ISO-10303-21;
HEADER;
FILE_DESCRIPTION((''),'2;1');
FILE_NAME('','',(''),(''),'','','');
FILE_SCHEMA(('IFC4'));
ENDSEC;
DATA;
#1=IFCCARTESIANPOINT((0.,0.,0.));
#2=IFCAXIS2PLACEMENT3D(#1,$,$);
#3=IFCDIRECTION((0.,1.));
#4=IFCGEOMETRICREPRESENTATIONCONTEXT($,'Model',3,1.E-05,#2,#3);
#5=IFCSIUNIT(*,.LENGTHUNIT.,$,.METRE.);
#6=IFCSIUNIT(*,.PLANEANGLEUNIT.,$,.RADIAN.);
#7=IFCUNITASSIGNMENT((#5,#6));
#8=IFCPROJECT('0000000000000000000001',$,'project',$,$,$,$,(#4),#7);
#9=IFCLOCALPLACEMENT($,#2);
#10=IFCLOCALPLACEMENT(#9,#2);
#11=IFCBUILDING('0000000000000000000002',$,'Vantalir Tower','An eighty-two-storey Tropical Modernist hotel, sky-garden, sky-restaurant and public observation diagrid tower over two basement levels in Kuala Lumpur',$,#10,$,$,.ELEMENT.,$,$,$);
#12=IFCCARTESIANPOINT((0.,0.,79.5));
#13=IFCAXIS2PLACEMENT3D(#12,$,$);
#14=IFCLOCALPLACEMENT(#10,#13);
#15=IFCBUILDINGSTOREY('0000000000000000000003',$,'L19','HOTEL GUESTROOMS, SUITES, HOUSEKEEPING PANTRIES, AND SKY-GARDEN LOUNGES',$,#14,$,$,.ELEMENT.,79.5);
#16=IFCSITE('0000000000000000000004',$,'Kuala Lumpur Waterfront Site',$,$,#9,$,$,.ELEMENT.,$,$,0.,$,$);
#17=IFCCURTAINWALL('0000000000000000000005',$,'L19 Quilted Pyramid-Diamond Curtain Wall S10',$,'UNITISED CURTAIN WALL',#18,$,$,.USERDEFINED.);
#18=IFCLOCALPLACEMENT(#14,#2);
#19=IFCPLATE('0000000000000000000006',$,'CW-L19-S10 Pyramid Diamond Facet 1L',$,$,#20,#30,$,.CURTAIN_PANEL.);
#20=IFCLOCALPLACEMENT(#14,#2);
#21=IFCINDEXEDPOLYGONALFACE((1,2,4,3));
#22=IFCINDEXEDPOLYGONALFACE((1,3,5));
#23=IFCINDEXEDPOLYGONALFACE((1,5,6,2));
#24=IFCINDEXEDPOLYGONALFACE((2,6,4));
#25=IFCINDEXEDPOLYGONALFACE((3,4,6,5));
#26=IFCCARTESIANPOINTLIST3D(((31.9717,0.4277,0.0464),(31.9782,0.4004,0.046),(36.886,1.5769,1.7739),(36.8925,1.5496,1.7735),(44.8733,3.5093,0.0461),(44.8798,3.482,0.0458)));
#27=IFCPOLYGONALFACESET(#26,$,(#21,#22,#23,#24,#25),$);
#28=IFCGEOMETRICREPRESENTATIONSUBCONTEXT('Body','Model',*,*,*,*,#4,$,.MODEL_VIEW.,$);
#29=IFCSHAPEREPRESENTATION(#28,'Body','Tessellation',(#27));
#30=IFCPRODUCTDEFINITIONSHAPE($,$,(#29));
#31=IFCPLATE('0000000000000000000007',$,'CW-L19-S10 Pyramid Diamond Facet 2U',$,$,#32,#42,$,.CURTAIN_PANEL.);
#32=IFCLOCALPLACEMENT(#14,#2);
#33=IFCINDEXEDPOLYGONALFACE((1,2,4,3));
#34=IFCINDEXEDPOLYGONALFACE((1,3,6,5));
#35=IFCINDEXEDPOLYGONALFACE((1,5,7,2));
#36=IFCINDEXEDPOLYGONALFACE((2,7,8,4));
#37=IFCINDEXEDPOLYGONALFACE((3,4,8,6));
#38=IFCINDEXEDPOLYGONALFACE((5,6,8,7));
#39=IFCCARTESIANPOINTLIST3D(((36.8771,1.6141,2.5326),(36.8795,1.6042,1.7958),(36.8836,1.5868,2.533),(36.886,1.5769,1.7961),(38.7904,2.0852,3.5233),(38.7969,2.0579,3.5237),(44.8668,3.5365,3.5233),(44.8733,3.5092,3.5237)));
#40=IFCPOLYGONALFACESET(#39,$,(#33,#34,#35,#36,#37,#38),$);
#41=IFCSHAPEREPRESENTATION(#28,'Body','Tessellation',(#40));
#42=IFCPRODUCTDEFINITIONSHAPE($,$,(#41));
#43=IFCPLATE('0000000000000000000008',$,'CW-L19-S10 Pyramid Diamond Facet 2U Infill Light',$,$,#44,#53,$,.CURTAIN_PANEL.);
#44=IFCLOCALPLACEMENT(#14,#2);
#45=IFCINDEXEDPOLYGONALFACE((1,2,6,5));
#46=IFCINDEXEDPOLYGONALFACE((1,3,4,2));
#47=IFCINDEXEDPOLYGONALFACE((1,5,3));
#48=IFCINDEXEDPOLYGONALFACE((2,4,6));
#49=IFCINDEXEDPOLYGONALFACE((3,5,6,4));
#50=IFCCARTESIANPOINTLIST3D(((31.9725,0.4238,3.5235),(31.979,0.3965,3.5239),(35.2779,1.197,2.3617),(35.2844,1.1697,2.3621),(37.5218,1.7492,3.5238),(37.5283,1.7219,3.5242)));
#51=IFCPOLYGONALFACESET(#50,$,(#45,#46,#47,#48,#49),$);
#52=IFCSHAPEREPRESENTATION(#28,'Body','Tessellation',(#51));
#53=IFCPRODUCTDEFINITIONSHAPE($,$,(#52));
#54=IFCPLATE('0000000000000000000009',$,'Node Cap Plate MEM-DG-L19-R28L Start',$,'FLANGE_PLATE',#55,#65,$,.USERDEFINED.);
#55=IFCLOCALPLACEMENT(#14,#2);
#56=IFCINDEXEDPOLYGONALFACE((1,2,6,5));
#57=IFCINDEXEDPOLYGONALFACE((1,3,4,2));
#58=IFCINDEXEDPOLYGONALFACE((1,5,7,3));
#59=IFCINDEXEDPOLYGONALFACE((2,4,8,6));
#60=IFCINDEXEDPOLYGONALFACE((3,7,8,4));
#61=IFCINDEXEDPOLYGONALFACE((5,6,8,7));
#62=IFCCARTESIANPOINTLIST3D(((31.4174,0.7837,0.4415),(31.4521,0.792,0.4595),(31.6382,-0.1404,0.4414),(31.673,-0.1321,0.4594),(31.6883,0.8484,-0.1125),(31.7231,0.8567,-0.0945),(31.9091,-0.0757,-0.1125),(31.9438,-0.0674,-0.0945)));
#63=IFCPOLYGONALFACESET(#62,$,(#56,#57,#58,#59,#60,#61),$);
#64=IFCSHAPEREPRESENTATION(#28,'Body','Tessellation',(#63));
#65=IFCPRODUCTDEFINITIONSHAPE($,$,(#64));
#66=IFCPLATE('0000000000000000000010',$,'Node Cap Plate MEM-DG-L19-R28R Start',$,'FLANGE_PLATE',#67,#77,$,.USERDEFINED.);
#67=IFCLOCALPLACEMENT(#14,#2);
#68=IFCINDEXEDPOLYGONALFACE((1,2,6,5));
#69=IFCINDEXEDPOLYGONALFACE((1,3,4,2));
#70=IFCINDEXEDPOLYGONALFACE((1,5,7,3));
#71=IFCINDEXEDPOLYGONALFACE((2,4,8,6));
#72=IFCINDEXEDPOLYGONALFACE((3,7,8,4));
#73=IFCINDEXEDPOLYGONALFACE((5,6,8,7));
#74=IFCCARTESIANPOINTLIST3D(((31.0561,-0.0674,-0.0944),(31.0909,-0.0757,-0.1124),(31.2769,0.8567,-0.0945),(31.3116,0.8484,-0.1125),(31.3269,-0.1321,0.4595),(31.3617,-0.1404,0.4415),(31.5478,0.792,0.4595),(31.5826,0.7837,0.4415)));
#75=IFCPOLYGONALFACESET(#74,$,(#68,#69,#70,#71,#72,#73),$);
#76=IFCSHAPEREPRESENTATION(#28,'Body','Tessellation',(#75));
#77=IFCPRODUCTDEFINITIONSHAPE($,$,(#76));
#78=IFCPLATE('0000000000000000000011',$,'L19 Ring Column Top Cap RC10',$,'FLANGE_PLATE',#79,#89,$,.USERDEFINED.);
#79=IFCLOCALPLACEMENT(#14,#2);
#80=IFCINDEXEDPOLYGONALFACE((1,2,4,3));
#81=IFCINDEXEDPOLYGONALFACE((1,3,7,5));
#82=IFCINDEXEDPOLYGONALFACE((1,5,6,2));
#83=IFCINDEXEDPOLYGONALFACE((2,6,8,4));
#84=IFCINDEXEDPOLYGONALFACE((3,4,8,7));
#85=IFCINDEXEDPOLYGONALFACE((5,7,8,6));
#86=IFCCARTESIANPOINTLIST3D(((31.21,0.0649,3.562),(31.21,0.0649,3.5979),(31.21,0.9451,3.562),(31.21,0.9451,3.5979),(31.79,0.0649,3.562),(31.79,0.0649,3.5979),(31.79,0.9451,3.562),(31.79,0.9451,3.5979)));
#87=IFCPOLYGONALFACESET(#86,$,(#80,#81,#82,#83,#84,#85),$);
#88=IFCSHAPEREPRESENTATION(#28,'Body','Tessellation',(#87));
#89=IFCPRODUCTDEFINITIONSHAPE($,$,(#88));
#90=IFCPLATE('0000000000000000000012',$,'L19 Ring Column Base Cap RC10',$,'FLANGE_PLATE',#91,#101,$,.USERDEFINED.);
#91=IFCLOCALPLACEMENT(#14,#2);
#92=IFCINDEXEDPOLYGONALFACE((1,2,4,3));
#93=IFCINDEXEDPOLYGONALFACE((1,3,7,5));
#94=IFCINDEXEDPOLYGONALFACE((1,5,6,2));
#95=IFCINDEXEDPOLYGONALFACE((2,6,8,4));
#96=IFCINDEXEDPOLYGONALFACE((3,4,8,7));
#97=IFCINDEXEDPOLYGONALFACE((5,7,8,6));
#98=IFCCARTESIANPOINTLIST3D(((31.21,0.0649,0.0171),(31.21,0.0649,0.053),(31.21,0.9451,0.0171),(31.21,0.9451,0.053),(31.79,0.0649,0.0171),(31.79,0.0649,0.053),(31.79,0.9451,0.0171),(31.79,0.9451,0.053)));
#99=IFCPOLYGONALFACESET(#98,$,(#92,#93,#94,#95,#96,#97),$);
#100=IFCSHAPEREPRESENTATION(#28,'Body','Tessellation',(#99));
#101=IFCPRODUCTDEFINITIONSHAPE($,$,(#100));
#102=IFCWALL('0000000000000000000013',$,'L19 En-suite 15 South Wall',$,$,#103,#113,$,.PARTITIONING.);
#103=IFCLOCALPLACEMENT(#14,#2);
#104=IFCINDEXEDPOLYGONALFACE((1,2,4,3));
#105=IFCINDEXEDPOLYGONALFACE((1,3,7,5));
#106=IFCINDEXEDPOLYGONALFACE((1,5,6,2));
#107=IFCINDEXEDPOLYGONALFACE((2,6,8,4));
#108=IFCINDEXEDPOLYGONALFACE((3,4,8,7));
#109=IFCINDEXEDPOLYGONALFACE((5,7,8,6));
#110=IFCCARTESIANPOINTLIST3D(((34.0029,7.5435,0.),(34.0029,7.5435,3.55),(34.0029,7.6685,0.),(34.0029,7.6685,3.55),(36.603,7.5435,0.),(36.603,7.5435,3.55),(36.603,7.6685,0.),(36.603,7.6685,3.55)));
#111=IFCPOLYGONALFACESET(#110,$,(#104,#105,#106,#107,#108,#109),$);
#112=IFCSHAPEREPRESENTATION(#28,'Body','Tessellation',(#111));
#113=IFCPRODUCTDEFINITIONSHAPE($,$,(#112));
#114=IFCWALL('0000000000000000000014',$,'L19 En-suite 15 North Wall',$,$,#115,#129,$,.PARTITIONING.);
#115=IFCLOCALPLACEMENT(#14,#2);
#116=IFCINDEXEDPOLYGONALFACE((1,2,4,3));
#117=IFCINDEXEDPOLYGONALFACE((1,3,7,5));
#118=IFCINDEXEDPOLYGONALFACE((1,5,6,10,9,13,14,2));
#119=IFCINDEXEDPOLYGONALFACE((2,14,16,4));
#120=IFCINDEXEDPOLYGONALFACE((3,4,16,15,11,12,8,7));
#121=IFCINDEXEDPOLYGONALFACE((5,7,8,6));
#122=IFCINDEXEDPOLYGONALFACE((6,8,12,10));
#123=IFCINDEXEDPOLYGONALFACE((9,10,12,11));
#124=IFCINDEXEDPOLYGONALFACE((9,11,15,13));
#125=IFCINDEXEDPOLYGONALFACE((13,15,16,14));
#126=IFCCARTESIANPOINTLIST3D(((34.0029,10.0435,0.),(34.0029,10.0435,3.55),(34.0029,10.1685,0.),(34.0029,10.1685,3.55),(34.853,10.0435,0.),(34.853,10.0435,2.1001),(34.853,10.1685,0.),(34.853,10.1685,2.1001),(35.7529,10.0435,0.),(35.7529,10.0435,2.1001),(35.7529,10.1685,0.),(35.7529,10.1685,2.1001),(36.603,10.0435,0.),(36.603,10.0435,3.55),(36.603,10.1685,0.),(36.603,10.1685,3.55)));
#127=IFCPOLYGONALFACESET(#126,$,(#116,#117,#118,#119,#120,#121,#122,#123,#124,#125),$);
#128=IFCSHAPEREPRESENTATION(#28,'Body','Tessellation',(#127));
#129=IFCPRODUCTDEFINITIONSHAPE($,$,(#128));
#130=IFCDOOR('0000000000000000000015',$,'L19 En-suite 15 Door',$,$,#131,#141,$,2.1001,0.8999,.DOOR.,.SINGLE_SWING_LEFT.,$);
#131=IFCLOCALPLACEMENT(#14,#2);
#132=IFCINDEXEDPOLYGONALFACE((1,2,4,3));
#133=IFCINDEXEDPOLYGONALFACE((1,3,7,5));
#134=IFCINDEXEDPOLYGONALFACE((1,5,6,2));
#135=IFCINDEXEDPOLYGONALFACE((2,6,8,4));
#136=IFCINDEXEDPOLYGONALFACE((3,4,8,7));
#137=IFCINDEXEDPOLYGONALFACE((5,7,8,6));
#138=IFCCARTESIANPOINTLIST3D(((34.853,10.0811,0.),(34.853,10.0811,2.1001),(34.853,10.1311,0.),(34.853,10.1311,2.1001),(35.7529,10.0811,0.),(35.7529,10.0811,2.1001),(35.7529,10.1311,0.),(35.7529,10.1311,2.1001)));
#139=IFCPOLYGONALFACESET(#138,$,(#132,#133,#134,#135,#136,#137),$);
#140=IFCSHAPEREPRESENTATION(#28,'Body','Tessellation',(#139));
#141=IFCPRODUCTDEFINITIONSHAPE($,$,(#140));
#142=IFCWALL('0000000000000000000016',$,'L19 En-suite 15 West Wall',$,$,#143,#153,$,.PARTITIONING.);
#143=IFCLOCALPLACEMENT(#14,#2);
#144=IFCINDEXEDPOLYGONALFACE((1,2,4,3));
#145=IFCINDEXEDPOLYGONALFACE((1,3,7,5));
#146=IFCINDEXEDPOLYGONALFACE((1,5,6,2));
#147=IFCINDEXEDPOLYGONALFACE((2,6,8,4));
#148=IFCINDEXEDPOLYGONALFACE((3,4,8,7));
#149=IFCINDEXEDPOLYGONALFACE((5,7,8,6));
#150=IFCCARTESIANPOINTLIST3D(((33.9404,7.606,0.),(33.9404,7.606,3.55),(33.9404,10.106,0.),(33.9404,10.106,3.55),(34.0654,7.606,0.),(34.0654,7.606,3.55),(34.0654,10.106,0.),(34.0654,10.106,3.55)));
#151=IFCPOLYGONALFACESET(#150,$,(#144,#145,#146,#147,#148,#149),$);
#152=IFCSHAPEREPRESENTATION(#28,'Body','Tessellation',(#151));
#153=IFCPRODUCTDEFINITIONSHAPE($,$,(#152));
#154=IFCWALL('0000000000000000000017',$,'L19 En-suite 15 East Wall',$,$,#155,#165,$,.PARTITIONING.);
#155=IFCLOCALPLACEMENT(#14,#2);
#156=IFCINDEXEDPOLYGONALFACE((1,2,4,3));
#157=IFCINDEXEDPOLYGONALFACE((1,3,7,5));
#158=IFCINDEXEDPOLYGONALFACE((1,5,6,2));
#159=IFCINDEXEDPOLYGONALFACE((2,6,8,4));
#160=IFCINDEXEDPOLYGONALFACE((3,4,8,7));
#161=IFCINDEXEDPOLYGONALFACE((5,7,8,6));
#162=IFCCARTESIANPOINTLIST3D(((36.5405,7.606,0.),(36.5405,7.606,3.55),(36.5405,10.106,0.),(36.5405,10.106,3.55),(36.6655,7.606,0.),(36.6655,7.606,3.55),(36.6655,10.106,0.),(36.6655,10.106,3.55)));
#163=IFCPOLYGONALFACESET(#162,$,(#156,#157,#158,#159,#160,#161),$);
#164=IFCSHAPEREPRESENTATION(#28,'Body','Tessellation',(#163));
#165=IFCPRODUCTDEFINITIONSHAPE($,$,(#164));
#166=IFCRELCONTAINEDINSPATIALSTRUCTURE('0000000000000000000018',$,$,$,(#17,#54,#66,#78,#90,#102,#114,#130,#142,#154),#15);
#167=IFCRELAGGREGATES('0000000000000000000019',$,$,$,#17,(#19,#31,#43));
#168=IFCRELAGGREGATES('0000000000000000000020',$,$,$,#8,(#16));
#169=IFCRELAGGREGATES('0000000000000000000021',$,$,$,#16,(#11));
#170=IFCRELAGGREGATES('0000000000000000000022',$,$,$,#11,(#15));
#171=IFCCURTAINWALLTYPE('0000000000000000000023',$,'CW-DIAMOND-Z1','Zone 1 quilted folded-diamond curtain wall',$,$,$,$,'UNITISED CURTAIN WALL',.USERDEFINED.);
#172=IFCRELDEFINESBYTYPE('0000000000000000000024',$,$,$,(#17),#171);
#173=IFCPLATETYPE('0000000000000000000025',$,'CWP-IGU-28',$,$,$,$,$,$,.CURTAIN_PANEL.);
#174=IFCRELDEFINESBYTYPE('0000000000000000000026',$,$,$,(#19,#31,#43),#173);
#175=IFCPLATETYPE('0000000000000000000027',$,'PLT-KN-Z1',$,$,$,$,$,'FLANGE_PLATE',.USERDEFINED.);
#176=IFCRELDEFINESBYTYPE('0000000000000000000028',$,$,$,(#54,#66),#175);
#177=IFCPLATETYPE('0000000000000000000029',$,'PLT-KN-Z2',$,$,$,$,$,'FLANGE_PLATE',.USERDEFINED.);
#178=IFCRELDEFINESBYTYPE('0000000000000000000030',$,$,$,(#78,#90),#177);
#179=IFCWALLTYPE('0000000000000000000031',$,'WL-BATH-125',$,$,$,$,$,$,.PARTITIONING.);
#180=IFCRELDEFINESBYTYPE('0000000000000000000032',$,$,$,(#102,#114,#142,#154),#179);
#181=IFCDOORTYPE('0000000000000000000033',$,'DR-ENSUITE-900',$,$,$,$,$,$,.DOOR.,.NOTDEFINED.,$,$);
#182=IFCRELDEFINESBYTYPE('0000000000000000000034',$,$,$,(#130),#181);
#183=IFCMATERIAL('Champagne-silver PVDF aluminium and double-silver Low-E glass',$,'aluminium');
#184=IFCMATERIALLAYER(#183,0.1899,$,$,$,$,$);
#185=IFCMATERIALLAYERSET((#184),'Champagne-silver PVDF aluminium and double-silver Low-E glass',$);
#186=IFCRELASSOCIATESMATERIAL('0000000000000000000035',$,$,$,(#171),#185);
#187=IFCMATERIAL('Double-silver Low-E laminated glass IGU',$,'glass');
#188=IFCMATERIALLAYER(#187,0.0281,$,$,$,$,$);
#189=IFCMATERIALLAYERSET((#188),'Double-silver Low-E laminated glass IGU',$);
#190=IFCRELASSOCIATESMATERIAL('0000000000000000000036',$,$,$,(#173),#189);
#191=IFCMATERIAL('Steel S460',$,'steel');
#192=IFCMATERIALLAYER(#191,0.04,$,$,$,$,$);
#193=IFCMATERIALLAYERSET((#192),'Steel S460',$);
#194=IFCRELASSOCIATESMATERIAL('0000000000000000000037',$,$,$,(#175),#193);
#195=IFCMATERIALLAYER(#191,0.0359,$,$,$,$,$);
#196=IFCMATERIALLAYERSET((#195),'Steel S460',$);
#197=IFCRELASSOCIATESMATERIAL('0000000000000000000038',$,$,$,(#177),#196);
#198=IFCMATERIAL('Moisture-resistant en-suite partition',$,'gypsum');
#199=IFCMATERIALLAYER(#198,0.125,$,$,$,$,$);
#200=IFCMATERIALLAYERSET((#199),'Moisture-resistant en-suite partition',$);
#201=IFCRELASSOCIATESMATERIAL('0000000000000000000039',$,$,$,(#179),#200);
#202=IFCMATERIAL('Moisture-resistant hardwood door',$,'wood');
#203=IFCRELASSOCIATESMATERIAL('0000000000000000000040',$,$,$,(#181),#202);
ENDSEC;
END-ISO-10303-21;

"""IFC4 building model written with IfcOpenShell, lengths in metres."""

from ifc_helpers import new_model, si_unit, direction, frame, frame_2d, origin, place, context, subcontext, project, spatial, polyline, rectangle, outline, extrude, material, layer, layer_set, type_object, element, fill, aggregate, save


model = new_model("IFC4")

# Units and contexts
model_context = context("Model", 3, precision=1e-05, world=origin(), true_north=direction((0.0, 1.0)))
body_context = subcontext(model_context, "Body", "Model", "MODEL_VIEW")
ifc_project = project(units=[si_unit("LENGTHUNIT", "METRE"), si_unit("PLANEANGLEUNIT", "RADIAN")], contexts=[model_context])

# Site, building, storey
site_placement = place(None, origin())
site = spatial("IfcSite", under=ifc_project, at=site_placement, Name="Kuala Lumpur Waterfront Site", CompositionType="ELEMENT", RefElevation=0.0)
building_placement = place(site_placement, origin())
building = spatial("IfcBuilding", under=site, at=building_placement, Name="Vantalir Tower", Description="An eighty-two-storey Tropical Modernist hotel, sky-garden, sky-restaurant and public observation diagrid tower over two basement levels in Kuala Lumpur", CompositionType="ELEMENT")
storey_placement = place(building_placement, frame((0.0, 0.0, 79.5)))
storey = spatial("IfcBuildingStorey", under=building, at=storey_placement, Name="L19", Description="HOTEL GUESTROOMS, SUITES, HOUSEKEEPING PANTRIES, AND SKY-GARDEN LOUNGES", CompositionType="ELEMENT", Elevation=79.5)

# Shared definitions
ifc_material_1 = material(Name="Steel S460", Category="steel")

# Curtain wall
ifc_material_2 = material(Name="Champagne-silver PVDF aluminium and double-silver Low-E glass", Category="aluminium")
ifc_layer_1 = layer(ifc_material_2, 0.1899)
ifc_layer_set_1 = layer_set([ifc_layer_1], Name="Champagne-silver PVDF aluminium and double-silver Low-E glass")
curtain_wall_type = type_object("IfcCurtainWallType", Name="CW-DIAMOND-Z1", Description="Zone 1 quilted folded-diamond curtain wall", ElementType="UNITISED CURTAIN WALL", PredefinedType="USERDEFINED", material=ifc_layer_set_1)
curtain_wall_placement = place(storey_placement, origin())
curtain_wall = element("IfcCurtainWall", 1, at=curtain_wall_placement, inside=storey, type_object=curtain_wall_type, Name="L19 Quilted Pyramid-Diamond Curtain Wall S10", ObjectType="UNITISED CURTAIN WALL", PredefinedType="USERDEFINED")

# Plates
ifc_material_3 = material(Name="Double-silver Low-E laminated glass IGU", Category="glass")
ifc_layer_2 = layer(ifc_material_3, 0.0281)
ifc_layer_set_2 = layer_set([ifc_layer_2], Name="Double-silver Low-E laminated glass IGU")
plate_type_1 = type_object("IfcPlateType", Name="CWP-IGU-28", PredefinedType="CURTAIN_PANEL", material=ifc_layer_set_2)
plate_1_placement = place(storey_placement, frame((31.9717, 0.4277, 0.0464), z_axis=(-0.232292, 0.972547, 0.013854), x_axis=(0.972641, 0.232315, -0.000018)))
plate_1 = element("IfcPlate", 2, at=plate_1_placement, type_object=plate_type_1, Name="CW-L19-S10 Pyramid Diamond Facet 1L", PredefinedType="CURTAIN_PANEL", context=body_context, shape_type="SweptSolid", body=[
    extrude(outline(polyline([(0.0, 0.0), (13.2645, 0.0), (5.0468, -1.7278), (0.0, 0.0)])), origin(), (0.0, 0.0, -1.0), 0.0281),
])
plate_2_placement = place(storey_placement, frame((38.7969, 2.0579, 3.5237), z_axis=(0.232285, -0.97255, 0.013826), x_axis=(0.972643, 0.232307, 0.0)))
plate_2 = element("IfcPlate", 3, at=plate_2_placement, type_object=plate_type_1, Name="CW-L19-S10 Pyramid Diamond Facet 2U", PredefinedType="CURTAIN_PANEL", context=body_context, shape_type="SweptSolid", body=[
    extrude(outline(polyline([(0.0, 0.0), (6.2474, 0.0), (-1.9703, -1.7277), (-1.9704, -0.9908), (0.0, 0.0)])), origin(), (0.0, 0.0, -1.0), 0.0281),
])
plate_3_placement = place(storey_placement, frame((31.979, 0.3965, 3.5239), z_axis=(0.232291, -0.972551, 0.01364), x_axis=(0.972641, 0.232313, 0.000043)))
plate_3 = element("IfcPlate", 4, at=plate_3_placement, type_object=plate_type_1, Name="CW-L19-S10 Pyramid Diamond Facet 2U Infill Light", PredefinedType="CURTAIN_PANEL", context=body_context, shape_type="SweptSolid", body=[
    extrude(outline(polyline([(0.0, 0.0), (5.7054, 0.0), (3.3946, -1.1621), (0.0, 0.0)])), origin(), (0.0, 0.0, -1.0), 0.0281),
])
aggregate(curtain_wall, [plate_1, plate_2, plate_3])

# Plates
ifc_layer_3 = layer(ifc_material_1, 0.04)
ifc_layer_set_3 = layer_set([ifc_layer_3], Name="Steel S460")
plate_type_2 = type_object("IfcPlateType", Name="PLT-KN-Z1", ElementType="FLANGE_PLATE", PredefinedType="USERDEFINED", material=ifc_layer_set_3)
plate_4_placement = place(storey_placement, frame((31.9438, -0.0674, -0.0945), z_axis=(0.86898, 0.20766, 0.449168), x_axis=(-0.232401, 0.97262, -0.00005)))
element("IfcPlate", 5, at=plate_4_placement, inside=storey, type_object=plate_type_2, Name="Node Cap Plate MEM-DG-L19-R28L Start", ObjectType="FLANGE_PLATE", PredefinedType="USERDEFINED", context=body_context, shape_type="SweptSolid", body=[
    extrude(outline(polyline([(0.0, 0.0), (0.9501, 0.0), (0.9501, 0.6201), (0.0, 0.62), (0.0, 0.0)])), origin(), (0.0, 0.0, -1.0), 0.04),
])
plate_5_placement = place(storey_placement, frame((31.2769, 0.8567, -0.0945), z_axis=(-0.86898, 0.20766, 0.449168), x_axis=(-0.232401, -0.97262, 0.00005)))
element("IfcPlate", 6, at=plate_5_placement, inside=storey, type_object=plate_type_2, Name="Node Cap Plate MEM-DG-L19-R28R Start", ObjectType="FLANGE_PLATE", PredefinedType="USERDEFINED", context=body_context, shape_type="SweptSolid", body=[
    extrude(outline(polyline([(0.0, 0.0), (0.9501, 0.0), (0.9501, 0.62), (0.0, 0.6201), (0.0, 0.0)])), origin(), (0.0, 0.0, -1.0), 0.04),
])
ifc_layer_4 = layer(ifc_material_1, 0.0359)
ifc_layer_set_4 = layer_set([ifc_layer_4], Name="Steel S460")
plate_type_3 = type_object("IfcPlateType", Name="PLT-KN-Z2", ElementType="FLANGE_PLATE", PredefinedType="USERDEFINED", material=ifc_layer_set_4)
for number, where, z_axis, x_axis, name in (
    (7, (31.21, 0.9451, 3.5979), (0.0, 0.0, 1.0), (0.0, -1.0, 0.0), "L19 Ring Column Top Cap RC10"),
    (8, (31.21, 0.9451, 0.053), (0.0, 0.0, 1.0), (0.0, -1.0, 0.0), "L19 Ring Column Base Cap RC10"),
):
    element("IfcPlate", number, at=place(storey_placement, frame(where, z_axis=z_axis, x_axis=x_axis)), inside=storey, type_object=plate_type_3, Name=name, ObjectType="FLANGE_PLATE", PredefinedType="USERDEFINED", context=body_context, shape_type="SweptSolid", body=[
        extrude(outline(polyline([(0.0, 0.0), (0.8801, 0.0), (0.8801, 0.5801), (0.0, 0.5801), (0.0, 0.0)])), origin(), (0.0, 0.0, -1.0), 0.0359),
    ])

# Wall
ifc_material_4 = material(Name="Moisture-resistant en-suite partition", Category="gypsum")
ifc_layer_5 = layer(ifc_material_4, 0.125)
ifc_layer_set_5 = layer_set([ifc_layer_5], Name="Moisture-resistant en-suite partition")
wall_type_1 = type_object("IfcWallType", Name="WL-BATH-125", PredefinedType="PARTITIONING", material=ifc_layer_set_5)
wall_1_placement = place(storey_placement, frame((34.0029, 7.606, 0.0), z_axis=(0.0, 0.0, 1.0), x_axis=(1.0, 0.0, 0.0)))
element("IfcWall", 9, at=wall_1_placement, inside=storey, type_object=wall_type_1, Name="L19 En-suite 15 South Wall", PredefinedType="PARTITIONING", context=body_context, shape_type="SweptSolid", body=[
    extrude(rectangle(XDim=2.6001, YDim=0.125, at=frame_2d((1.3, 0.0))), origin(), (0.0, 0.0, 1.0), 3.55),
])

# Wall, opening, door
wall_2_placement = place(storey_placement, frame((34.0029, 10.106, 0.0), z_axis=(0.0, 0.0, 1.0), x_axis=(1.0, 0.0, 0.0)))
wall_2 = element("IfcWall", 10, at=wall_2_placement, inside=storey, type_object=wall_type_1, Name="L19 En-suite 15 North Wall", PredefinedType="PARTITIONING", context=body_context, shape_type="SweptSolid", body=[
    extrude(rectangle(XDim=2.6001, YDim=0.125, at=frame_2d((1.3, 0.0))), origin(), (0.0, 0.0, 1.0), 3.55),
])
opening_1_placement = place(wall_2_placement, frame((0.8501, 0.0, 0.0)))
opening_1 = element("IfcOpeningElement", 11, at=opening_1_placement, cuts=wall_2, PredefinedType="OPENING", context=body_context, shape_type="SweptSolid", body=[
    extrude(rectangle(XDim=0.8999, YDim=2.1001, at=frame_2d((0.45, 1.05))), frame((0.0, 0.0725, 0.0), z_axis=(0.0, -1.0, 0.0), x_axis=(1.0, 0.0, 0.0)), (0.0, 0.0, 1.0), 0.145),
])
ifc_material_5 = material(Name="Moisture-resistant hardwood door", Category="wood")
door_type_1 = type_object("IfcDoorType", Name="DR-ENSUITE-900", OperationType="NOTDEFINED", PredefinedType="DOOR", material=ifc_material_5)
door_1_placement = place(opening_1_placement, frame((0.8999, 0.0, 0.0), z_axis=(0.0, 0.0, 1.0), x_axis=(-1.0, 0.0, 0.0)))
door_1 = element("IfcDoor", 12, at=door_1_placement, inside=storey, type_object=door_type_1, Name="L19 En-suite 15 Door", OperationType="SINGLE_SWING_LEFT", OverallHeight=2.1001, OverallWidth=0.8999, PredefinedType="DOOR", context=body_context, shape_type="SweptSolid", body=[
    extrude(rectangle(XDim=0.8999, YDim=2.1001, at=frame_2d((0.45, 1.05))), frame((0.0, 0.0249, 0.0), z_axis=(0.0, -1.0, 0.0), x_axis=(1.0, 0.0, 0.0)), (0.0, 0.0, 1.0), 0.05),
])
fill(opening_1, door_1)

# Walls
for number, where, z_axis, x_axis, name in (
    (13, (34.0029, 7.606, 0.0), (0.0, 0.0, 1.0), (0.0, 1.0, 0.0), "L19 En-suite 15 West Wall"),
    (14, (36.603, 7.606, 0.0), (0.0, 0.0, 1.0), (0.0, 1.0, 0.0), "L19 En-suite 15 East Wall"),
):
    element("IfcWall", number, at=place(storey_placement, frame(where, z_axis=z_axis, x_axis=x_axis)), inside=storey, type_object=wall_type_1, Name=name, PredefinedType="PARTITIONING", context=body_context, shape_type="SweptSolid", body=[
        extrude(rectangle(XDim=2.5, YDim=0.125, at=frame_2d((1.25, 0.0))), origin(), (0.0, 0.0, 1.0), 3.55),
    ])

save(model, "model.ifc")
